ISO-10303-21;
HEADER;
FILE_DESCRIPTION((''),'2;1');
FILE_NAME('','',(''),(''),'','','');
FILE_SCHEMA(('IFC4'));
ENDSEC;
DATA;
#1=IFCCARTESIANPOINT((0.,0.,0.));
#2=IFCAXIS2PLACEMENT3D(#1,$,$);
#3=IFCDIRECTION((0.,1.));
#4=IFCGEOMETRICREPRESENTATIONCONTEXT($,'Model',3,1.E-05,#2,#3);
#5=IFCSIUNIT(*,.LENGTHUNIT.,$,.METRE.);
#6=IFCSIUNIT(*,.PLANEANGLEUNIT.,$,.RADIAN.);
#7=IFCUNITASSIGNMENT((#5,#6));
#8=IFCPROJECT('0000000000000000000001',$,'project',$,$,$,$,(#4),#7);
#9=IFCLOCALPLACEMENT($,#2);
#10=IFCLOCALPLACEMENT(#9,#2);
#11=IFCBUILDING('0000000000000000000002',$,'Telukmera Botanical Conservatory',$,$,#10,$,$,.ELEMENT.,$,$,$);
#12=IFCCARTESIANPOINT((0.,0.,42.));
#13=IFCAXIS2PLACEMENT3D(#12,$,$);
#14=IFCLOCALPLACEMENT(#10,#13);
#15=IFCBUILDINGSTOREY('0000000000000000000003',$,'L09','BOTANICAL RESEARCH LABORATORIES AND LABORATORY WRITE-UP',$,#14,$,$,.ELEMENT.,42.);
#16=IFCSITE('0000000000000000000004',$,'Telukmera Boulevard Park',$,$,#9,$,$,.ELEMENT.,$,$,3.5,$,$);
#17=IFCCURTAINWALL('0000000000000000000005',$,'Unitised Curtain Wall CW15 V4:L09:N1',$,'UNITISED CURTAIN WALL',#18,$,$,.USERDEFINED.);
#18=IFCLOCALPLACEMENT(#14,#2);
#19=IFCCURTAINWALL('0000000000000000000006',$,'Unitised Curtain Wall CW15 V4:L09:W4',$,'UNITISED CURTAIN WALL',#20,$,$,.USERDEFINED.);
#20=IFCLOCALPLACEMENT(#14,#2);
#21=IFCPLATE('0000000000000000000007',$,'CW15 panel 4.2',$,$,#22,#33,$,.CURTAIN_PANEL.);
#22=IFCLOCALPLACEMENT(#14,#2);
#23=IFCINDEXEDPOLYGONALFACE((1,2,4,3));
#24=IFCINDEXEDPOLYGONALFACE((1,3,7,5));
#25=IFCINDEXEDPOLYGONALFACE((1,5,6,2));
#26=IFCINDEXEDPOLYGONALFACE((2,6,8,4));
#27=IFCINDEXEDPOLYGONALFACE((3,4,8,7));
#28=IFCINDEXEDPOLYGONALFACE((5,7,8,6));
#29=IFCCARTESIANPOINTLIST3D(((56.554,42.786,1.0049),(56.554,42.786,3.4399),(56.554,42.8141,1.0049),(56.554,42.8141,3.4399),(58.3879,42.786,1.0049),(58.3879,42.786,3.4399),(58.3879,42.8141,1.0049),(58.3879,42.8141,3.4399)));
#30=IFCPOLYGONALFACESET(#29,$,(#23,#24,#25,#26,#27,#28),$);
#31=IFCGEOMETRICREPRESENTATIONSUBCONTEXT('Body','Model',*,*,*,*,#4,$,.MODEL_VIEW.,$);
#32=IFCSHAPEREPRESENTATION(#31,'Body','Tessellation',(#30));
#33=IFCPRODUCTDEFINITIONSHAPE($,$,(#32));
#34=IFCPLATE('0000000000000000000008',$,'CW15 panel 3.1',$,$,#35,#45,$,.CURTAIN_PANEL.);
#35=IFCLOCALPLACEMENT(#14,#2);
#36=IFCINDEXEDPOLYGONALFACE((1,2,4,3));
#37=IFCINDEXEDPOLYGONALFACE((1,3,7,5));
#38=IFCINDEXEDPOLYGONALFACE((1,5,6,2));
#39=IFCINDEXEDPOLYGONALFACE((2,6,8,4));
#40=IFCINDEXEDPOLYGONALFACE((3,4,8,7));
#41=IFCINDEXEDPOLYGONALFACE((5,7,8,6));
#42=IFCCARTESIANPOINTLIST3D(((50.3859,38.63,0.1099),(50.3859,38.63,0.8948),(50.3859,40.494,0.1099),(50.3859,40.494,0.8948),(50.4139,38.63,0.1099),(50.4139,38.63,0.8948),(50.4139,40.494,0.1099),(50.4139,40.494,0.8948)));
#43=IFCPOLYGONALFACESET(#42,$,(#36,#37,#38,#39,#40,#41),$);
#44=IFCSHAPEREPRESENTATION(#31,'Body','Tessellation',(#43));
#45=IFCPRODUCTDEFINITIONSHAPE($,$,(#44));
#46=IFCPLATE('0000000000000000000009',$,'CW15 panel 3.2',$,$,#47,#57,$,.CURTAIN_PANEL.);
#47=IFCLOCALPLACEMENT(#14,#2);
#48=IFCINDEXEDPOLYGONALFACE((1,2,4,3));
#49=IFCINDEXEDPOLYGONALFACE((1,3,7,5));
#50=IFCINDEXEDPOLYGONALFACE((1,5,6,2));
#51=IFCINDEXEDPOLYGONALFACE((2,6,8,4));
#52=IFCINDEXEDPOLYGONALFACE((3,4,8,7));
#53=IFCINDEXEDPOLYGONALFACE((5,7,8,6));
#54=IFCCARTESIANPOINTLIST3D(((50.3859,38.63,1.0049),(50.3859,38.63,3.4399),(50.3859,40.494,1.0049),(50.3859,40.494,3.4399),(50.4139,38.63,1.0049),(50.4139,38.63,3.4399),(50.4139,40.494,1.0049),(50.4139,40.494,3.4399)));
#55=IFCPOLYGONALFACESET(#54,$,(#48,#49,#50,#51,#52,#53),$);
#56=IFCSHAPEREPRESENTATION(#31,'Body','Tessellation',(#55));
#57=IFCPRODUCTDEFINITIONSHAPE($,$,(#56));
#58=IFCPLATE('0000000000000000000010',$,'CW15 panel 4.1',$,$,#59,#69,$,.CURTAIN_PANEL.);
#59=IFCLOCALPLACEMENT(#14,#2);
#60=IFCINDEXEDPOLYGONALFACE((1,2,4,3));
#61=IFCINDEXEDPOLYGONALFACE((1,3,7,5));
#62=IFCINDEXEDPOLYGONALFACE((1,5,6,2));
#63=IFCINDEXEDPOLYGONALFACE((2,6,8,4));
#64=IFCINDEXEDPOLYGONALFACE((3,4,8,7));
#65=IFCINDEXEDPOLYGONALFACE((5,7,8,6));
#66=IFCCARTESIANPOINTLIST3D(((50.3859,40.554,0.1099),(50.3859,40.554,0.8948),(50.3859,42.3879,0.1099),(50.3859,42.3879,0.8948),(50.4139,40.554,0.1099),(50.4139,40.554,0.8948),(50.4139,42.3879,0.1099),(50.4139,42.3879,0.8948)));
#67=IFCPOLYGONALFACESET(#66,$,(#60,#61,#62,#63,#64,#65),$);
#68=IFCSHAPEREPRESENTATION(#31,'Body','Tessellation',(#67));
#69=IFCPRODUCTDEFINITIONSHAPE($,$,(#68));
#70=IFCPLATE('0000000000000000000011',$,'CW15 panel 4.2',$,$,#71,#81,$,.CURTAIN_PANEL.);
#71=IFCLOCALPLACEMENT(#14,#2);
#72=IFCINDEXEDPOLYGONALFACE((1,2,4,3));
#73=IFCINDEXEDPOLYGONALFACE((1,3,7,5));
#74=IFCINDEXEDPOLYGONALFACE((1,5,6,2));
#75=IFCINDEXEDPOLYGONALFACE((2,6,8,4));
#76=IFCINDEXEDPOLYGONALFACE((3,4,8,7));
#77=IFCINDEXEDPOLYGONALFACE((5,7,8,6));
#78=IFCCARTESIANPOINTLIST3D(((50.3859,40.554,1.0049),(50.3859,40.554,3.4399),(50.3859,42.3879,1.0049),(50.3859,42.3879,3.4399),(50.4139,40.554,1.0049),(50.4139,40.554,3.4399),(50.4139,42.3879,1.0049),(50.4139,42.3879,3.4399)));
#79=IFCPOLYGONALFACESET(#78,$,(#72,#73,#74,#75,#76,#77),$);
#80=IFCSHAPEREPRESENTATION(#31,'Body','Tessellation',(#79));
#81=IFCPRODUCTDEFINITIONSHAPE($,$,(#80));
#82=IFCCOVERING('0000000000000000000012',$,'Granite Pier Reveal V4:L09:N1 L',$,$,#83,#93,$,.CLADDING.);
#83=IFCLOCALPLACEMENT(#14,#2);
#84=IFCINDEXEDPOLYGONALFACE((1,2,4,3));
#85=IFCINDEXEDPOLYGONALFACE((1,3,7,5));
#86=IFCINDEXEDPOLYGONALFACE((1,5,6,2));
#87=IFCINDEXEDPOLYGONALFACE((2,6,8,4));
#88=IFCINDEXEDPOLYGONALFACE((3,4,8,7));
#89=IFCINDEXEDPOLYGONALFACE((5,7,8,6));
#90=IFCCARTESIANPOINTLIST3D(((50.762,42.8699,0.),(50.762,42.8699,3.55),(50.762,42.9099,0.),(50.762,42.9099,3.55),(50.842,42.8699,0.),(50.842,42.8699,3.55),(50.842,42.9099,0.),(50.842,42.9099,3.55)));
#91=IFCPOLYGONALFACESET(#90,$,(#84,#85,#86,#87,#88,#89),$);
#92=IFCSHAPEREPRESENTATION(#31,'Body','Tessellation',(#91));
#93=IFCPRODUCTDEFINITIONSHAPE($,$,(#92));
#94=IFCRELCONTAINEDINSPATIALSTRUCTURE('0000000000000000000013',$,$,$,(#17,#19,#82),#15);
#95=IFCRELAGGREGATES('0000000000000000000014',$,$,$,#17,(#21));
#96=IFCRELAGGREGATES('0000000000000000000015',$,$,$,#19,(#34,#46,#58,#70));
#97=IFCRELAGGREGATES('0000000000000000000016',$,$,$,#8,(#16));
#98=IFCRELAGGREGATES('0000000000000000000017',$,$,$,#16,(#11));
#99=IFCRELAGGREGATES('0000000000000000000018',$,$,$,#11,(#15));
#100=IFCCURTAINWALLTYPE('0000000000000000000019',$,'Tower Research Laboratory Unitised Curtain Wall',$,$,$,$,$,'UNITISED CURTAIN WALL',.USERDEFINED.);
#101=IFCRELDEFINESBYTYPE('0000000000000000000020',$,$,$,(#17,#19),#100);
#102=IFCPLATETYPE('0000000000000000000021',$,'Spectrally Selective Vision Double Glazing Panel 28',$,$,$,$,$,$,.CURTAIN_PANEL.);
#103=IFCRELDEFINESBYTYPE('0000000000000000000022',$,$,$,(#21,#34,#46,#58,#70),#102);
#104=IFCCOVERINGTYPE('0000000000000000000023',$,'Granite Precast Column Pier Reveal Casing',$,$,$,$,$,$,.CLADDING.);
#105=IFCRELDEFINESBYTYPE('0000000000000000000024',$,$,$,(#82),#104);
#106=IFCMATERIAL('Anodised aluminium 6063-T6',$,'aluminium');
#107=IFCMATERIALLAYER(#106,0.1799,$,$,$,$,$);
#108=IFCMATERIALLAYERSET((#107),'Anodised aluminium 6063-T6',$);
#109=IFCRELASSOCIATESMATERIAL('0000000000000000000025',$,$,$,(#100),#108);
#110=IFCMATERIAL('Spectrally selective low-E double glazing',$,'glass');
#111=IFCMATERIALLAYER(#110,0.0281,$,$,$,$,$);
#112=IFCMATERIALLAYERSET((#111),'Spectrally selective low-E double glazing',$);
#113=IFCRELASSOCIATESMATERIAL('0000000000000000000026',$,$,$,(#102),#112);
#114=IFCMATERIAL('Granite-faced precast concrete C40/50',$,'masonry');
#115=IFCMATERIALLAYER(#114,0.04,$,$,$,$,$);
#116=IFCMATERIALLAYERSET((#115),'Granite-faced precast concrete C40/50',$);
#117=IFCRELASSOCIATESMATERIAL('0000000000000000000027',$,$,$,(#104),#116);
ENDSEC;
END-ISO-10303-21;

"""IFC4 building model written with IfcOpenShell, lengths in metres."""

from ifc_helpers import new_model, si_unit, direction, frame, origin, origin_2d, place, context, subcontext, project, spatial, rectangle, extrude, material, layer, layer_set, type_object, element, aggregate, save


model = new_model("IFC4")

# Units and contexts
model_context = context("Model", 3, precision=1e-05, world=origin(), true_north=direction((0.0, 1.0)))
body_context = subcontext(model_context, "Body", "Model", "MODEL_VIEW")
ifc_project = project(units=[si_unit("LENGTHUNIT", "METRE"), si_unit("PLANEANGLEUNIT", "RADIAN")], contexts=[model_context])

# Site, building, storey
site_placement = place(None, origin())
site = spatial("IfcSite", under=ifc_project, at=site_placement, Name="Telukmera Boulevard Park", CompositionType="ELEMENT", RefElevation=3.5)
building_placement = place(site_placement, origin())
building = spatial("IfcBuilding", under=site, at=building_placement, Name="Telukmera Botanical Conservatory", CompositionType="ELEMENT")
storey_placement = place(building_placement, frame((0.0, 0.0, 42.0)))
storey = spatial("IfcBuildingStorey", under=building, at=storey_placement, Name="L09", Description="BOTANICAL RESEARCH LABORATORIES AND LABORATORY WRITE-UP", CompositionType="ELEMENT", Elevation=42.0)

# Curtain wall
ifc_material_1 = material(Name="Anodised aluminium 6063-T6", Category="aluminium")
ifc_layer_1 = layer(ifc_material_1, 0.1799)
ifc_layer_set_1 = layer_set([ifc_layer_1], Name="Anodised aluminium 6063-T6")
curtain_wall_type = type_object("IfcCurtainWallType", Name="Tower Research Laboratory Unitised Curtain Wall", ElementType="UNITISED CURTAIN WALL", PredefinedType="USERDEFINED", material=ifc_layer_set_1)
curtain_wall_1_placement = place(storey_placement, origin())
curtain_wall_1 = element("IfcCurtainWall", 1, at=curtain_wall_1_placement, inside=storey, type_object=curtain_wall_type, Name="Unitised Curtain Wall CW15 V4:L09:N1", ObjectType="UNITISED CURTAIN WALL", PredefinedType="USERDEFINED")

# Curtain wall
curtain_wall_2_placement = place(storey_placement, origin())
curtain_wall_2 = element("IfcCurtainWall", 2, at=curtain_wall_2_placement, inside=storey, type_object=curtain_wall_type, Name="Unitised Curtain Wall CW15 V4:L09:W4", ObjectType="UNITISED CURTAIN WALL", PredefinedType="USERDEFINED")

# Plates
ifc_material_2 = material(Name="Spectrally selective low-E double glazing", Category="glass")
ifc_layer_2 = layer(ifc_material_2, 0.0281)
ifc_layer_set_2 = layer_set([ifc_layer_2], Name="Spectrally selective low-E double glazing")
plate_type = type_object("IfcPlateType", Name="Spectrally Selective Vision Double Glazing Panel 28", PredefinedType="CURTAIN_PANEL", material=ifc_layer_set_2)
plate_1_placement = place(storey_placement, frame((57.4709, 42.8, 1.0049), z_axis=(0.0, 0.0, 1.0), x_axis=(1.0, 0.0, 0.0)))
plate_1 = element("IfcPlate", 3, at=plate_1_placement, type_object=plate_type, Name="CW15 panel 4.2", PredefinedType="CURTAIN_PANEL", context=body_context, shape_type="SweptSolid", body=[
    extrude(rectangle(XDim=1.834, YDim=0.0281, at=origin_2d()), origin(), (0.0, 0.0, 1.0), 2.4351),
])
aggregate(curtain_wall_1, [plate_1])
plate_2_placement = place(storey_placement, frame((50.3999, 39.562, 0.1099), z_axis=(0.0, 0.0, 1.0), x_axis=(0.0, 1.0, 0.0)))
plate_2 = element("IfcPlate", 4, at=plate_2_placement, type_object=plate_type, Name="CW15 panel 3.1", PredefinedType="CURTAIN_PANEL", context=body_context, shape_type="SweptSolid", body=[
    extrude(rectangle(XDim=1.864, YDim=0.0281, at=origin_2d()), origin(), (0.0, 0.0, 1.0), 0.7849),
])
plate_3_placement = place(storey_placement, frame((50.3999, 39.562, 1.0049), z_axis=(0.0, 0.0, 1.0), x_axis=(0.0, 1.0, 0.0)))
plate_3 = element("IfcPlate", 5, at=plate_3_placement, type_object=plate_type, Name="CW15 panel 3.2", PredefinedType="CURTAIN_PANEL", context=body_context, shape_type="SweptSolid", body=[
    extrude(rectangle(XDim=1.864, YDim=0.0281, at=origin_2d()), origin(), (0.0, 0.0, 1.0), 2.4351),
])
plate_4_placement = place(storey_placement, frame((50.3999, 41.4709, 0.1099), z_axis=(0.0, 0.0, 1.0), x_axis=(0.0, 1.0, 0.0)))
plate_4 = element("IfcPlate", 6, at=plate_4_placement, type_object=plate_type, Name="CW15 panel 4.1", PredefinedType="CURTAIN_PANEL", context=body_context, shape_type="SweptSolid", body=[
    extrude(rectangle(XDim=1.834, YDim=0.0281, at=origin_2d()), origin(), (0.0, 0.0, 1.0), 0.7849),
])
plate_5_placement = place(storey_placement, frame((50.3999, 41.4709, 1.0049), z_axis=(0.0, 0.0, 1.0), x_axis=(0.0, 1.0, 0.0)))
plate_5 = element("IfcPlate", 7, at=plate_5_placement, type_object=plate_type, Name="CW15 panel 4.2", PredefinedType="CURTAIN_PANEL", context=body_context, shape_type="SweptSolid", body=[
    extrude(rectangle(XDim=1.834, YDim=0.0281, at=origin_2d()), origin(), (0.0, 0.0, 1.0), 2.4351),
])
aggregate(curtain_wall_2, [plate_2, plate_3, plate_4, plate_5])

# Covering
ifc_material_3 = material(Name="Granite-faced precast concrete C40/50", Category="masonry")
ifc_layer_3 = layer(ifc_material_3, 0.04)
ifc_layer_set_3 = layer_set([ifc_layer_3], Name="Granite-faced precast concrete C40/50")
covering_type = type_object("IfcCoveringType", Name="Granite Precast Column Pier Reveal Casing", PredefinedType="CLADDING", material=ifc_layer_set_3)
covering_placement = place(storey_placement, frame((50.802, 42.8899, 0.0), z_axis=(0.0, 0.0, 1.0), x_axis=(1.0, 0.0, 0.0)))
element("IfcCovering", 8, at=covering_placement, inside=storey, type_object=covering_type, Name="Granite Pier Reveal V4:L09:N1 L", PredefinedType="CLADDING", context=body_context, shape_type="SweptSolid", body=[
    extrude(rectangle(XDim=0.0801, YDim=0.04, at=origin_2d()), origin(), (0.0, 0.0, 1.0), 3.55),
])

save(model, "model.ifc")
